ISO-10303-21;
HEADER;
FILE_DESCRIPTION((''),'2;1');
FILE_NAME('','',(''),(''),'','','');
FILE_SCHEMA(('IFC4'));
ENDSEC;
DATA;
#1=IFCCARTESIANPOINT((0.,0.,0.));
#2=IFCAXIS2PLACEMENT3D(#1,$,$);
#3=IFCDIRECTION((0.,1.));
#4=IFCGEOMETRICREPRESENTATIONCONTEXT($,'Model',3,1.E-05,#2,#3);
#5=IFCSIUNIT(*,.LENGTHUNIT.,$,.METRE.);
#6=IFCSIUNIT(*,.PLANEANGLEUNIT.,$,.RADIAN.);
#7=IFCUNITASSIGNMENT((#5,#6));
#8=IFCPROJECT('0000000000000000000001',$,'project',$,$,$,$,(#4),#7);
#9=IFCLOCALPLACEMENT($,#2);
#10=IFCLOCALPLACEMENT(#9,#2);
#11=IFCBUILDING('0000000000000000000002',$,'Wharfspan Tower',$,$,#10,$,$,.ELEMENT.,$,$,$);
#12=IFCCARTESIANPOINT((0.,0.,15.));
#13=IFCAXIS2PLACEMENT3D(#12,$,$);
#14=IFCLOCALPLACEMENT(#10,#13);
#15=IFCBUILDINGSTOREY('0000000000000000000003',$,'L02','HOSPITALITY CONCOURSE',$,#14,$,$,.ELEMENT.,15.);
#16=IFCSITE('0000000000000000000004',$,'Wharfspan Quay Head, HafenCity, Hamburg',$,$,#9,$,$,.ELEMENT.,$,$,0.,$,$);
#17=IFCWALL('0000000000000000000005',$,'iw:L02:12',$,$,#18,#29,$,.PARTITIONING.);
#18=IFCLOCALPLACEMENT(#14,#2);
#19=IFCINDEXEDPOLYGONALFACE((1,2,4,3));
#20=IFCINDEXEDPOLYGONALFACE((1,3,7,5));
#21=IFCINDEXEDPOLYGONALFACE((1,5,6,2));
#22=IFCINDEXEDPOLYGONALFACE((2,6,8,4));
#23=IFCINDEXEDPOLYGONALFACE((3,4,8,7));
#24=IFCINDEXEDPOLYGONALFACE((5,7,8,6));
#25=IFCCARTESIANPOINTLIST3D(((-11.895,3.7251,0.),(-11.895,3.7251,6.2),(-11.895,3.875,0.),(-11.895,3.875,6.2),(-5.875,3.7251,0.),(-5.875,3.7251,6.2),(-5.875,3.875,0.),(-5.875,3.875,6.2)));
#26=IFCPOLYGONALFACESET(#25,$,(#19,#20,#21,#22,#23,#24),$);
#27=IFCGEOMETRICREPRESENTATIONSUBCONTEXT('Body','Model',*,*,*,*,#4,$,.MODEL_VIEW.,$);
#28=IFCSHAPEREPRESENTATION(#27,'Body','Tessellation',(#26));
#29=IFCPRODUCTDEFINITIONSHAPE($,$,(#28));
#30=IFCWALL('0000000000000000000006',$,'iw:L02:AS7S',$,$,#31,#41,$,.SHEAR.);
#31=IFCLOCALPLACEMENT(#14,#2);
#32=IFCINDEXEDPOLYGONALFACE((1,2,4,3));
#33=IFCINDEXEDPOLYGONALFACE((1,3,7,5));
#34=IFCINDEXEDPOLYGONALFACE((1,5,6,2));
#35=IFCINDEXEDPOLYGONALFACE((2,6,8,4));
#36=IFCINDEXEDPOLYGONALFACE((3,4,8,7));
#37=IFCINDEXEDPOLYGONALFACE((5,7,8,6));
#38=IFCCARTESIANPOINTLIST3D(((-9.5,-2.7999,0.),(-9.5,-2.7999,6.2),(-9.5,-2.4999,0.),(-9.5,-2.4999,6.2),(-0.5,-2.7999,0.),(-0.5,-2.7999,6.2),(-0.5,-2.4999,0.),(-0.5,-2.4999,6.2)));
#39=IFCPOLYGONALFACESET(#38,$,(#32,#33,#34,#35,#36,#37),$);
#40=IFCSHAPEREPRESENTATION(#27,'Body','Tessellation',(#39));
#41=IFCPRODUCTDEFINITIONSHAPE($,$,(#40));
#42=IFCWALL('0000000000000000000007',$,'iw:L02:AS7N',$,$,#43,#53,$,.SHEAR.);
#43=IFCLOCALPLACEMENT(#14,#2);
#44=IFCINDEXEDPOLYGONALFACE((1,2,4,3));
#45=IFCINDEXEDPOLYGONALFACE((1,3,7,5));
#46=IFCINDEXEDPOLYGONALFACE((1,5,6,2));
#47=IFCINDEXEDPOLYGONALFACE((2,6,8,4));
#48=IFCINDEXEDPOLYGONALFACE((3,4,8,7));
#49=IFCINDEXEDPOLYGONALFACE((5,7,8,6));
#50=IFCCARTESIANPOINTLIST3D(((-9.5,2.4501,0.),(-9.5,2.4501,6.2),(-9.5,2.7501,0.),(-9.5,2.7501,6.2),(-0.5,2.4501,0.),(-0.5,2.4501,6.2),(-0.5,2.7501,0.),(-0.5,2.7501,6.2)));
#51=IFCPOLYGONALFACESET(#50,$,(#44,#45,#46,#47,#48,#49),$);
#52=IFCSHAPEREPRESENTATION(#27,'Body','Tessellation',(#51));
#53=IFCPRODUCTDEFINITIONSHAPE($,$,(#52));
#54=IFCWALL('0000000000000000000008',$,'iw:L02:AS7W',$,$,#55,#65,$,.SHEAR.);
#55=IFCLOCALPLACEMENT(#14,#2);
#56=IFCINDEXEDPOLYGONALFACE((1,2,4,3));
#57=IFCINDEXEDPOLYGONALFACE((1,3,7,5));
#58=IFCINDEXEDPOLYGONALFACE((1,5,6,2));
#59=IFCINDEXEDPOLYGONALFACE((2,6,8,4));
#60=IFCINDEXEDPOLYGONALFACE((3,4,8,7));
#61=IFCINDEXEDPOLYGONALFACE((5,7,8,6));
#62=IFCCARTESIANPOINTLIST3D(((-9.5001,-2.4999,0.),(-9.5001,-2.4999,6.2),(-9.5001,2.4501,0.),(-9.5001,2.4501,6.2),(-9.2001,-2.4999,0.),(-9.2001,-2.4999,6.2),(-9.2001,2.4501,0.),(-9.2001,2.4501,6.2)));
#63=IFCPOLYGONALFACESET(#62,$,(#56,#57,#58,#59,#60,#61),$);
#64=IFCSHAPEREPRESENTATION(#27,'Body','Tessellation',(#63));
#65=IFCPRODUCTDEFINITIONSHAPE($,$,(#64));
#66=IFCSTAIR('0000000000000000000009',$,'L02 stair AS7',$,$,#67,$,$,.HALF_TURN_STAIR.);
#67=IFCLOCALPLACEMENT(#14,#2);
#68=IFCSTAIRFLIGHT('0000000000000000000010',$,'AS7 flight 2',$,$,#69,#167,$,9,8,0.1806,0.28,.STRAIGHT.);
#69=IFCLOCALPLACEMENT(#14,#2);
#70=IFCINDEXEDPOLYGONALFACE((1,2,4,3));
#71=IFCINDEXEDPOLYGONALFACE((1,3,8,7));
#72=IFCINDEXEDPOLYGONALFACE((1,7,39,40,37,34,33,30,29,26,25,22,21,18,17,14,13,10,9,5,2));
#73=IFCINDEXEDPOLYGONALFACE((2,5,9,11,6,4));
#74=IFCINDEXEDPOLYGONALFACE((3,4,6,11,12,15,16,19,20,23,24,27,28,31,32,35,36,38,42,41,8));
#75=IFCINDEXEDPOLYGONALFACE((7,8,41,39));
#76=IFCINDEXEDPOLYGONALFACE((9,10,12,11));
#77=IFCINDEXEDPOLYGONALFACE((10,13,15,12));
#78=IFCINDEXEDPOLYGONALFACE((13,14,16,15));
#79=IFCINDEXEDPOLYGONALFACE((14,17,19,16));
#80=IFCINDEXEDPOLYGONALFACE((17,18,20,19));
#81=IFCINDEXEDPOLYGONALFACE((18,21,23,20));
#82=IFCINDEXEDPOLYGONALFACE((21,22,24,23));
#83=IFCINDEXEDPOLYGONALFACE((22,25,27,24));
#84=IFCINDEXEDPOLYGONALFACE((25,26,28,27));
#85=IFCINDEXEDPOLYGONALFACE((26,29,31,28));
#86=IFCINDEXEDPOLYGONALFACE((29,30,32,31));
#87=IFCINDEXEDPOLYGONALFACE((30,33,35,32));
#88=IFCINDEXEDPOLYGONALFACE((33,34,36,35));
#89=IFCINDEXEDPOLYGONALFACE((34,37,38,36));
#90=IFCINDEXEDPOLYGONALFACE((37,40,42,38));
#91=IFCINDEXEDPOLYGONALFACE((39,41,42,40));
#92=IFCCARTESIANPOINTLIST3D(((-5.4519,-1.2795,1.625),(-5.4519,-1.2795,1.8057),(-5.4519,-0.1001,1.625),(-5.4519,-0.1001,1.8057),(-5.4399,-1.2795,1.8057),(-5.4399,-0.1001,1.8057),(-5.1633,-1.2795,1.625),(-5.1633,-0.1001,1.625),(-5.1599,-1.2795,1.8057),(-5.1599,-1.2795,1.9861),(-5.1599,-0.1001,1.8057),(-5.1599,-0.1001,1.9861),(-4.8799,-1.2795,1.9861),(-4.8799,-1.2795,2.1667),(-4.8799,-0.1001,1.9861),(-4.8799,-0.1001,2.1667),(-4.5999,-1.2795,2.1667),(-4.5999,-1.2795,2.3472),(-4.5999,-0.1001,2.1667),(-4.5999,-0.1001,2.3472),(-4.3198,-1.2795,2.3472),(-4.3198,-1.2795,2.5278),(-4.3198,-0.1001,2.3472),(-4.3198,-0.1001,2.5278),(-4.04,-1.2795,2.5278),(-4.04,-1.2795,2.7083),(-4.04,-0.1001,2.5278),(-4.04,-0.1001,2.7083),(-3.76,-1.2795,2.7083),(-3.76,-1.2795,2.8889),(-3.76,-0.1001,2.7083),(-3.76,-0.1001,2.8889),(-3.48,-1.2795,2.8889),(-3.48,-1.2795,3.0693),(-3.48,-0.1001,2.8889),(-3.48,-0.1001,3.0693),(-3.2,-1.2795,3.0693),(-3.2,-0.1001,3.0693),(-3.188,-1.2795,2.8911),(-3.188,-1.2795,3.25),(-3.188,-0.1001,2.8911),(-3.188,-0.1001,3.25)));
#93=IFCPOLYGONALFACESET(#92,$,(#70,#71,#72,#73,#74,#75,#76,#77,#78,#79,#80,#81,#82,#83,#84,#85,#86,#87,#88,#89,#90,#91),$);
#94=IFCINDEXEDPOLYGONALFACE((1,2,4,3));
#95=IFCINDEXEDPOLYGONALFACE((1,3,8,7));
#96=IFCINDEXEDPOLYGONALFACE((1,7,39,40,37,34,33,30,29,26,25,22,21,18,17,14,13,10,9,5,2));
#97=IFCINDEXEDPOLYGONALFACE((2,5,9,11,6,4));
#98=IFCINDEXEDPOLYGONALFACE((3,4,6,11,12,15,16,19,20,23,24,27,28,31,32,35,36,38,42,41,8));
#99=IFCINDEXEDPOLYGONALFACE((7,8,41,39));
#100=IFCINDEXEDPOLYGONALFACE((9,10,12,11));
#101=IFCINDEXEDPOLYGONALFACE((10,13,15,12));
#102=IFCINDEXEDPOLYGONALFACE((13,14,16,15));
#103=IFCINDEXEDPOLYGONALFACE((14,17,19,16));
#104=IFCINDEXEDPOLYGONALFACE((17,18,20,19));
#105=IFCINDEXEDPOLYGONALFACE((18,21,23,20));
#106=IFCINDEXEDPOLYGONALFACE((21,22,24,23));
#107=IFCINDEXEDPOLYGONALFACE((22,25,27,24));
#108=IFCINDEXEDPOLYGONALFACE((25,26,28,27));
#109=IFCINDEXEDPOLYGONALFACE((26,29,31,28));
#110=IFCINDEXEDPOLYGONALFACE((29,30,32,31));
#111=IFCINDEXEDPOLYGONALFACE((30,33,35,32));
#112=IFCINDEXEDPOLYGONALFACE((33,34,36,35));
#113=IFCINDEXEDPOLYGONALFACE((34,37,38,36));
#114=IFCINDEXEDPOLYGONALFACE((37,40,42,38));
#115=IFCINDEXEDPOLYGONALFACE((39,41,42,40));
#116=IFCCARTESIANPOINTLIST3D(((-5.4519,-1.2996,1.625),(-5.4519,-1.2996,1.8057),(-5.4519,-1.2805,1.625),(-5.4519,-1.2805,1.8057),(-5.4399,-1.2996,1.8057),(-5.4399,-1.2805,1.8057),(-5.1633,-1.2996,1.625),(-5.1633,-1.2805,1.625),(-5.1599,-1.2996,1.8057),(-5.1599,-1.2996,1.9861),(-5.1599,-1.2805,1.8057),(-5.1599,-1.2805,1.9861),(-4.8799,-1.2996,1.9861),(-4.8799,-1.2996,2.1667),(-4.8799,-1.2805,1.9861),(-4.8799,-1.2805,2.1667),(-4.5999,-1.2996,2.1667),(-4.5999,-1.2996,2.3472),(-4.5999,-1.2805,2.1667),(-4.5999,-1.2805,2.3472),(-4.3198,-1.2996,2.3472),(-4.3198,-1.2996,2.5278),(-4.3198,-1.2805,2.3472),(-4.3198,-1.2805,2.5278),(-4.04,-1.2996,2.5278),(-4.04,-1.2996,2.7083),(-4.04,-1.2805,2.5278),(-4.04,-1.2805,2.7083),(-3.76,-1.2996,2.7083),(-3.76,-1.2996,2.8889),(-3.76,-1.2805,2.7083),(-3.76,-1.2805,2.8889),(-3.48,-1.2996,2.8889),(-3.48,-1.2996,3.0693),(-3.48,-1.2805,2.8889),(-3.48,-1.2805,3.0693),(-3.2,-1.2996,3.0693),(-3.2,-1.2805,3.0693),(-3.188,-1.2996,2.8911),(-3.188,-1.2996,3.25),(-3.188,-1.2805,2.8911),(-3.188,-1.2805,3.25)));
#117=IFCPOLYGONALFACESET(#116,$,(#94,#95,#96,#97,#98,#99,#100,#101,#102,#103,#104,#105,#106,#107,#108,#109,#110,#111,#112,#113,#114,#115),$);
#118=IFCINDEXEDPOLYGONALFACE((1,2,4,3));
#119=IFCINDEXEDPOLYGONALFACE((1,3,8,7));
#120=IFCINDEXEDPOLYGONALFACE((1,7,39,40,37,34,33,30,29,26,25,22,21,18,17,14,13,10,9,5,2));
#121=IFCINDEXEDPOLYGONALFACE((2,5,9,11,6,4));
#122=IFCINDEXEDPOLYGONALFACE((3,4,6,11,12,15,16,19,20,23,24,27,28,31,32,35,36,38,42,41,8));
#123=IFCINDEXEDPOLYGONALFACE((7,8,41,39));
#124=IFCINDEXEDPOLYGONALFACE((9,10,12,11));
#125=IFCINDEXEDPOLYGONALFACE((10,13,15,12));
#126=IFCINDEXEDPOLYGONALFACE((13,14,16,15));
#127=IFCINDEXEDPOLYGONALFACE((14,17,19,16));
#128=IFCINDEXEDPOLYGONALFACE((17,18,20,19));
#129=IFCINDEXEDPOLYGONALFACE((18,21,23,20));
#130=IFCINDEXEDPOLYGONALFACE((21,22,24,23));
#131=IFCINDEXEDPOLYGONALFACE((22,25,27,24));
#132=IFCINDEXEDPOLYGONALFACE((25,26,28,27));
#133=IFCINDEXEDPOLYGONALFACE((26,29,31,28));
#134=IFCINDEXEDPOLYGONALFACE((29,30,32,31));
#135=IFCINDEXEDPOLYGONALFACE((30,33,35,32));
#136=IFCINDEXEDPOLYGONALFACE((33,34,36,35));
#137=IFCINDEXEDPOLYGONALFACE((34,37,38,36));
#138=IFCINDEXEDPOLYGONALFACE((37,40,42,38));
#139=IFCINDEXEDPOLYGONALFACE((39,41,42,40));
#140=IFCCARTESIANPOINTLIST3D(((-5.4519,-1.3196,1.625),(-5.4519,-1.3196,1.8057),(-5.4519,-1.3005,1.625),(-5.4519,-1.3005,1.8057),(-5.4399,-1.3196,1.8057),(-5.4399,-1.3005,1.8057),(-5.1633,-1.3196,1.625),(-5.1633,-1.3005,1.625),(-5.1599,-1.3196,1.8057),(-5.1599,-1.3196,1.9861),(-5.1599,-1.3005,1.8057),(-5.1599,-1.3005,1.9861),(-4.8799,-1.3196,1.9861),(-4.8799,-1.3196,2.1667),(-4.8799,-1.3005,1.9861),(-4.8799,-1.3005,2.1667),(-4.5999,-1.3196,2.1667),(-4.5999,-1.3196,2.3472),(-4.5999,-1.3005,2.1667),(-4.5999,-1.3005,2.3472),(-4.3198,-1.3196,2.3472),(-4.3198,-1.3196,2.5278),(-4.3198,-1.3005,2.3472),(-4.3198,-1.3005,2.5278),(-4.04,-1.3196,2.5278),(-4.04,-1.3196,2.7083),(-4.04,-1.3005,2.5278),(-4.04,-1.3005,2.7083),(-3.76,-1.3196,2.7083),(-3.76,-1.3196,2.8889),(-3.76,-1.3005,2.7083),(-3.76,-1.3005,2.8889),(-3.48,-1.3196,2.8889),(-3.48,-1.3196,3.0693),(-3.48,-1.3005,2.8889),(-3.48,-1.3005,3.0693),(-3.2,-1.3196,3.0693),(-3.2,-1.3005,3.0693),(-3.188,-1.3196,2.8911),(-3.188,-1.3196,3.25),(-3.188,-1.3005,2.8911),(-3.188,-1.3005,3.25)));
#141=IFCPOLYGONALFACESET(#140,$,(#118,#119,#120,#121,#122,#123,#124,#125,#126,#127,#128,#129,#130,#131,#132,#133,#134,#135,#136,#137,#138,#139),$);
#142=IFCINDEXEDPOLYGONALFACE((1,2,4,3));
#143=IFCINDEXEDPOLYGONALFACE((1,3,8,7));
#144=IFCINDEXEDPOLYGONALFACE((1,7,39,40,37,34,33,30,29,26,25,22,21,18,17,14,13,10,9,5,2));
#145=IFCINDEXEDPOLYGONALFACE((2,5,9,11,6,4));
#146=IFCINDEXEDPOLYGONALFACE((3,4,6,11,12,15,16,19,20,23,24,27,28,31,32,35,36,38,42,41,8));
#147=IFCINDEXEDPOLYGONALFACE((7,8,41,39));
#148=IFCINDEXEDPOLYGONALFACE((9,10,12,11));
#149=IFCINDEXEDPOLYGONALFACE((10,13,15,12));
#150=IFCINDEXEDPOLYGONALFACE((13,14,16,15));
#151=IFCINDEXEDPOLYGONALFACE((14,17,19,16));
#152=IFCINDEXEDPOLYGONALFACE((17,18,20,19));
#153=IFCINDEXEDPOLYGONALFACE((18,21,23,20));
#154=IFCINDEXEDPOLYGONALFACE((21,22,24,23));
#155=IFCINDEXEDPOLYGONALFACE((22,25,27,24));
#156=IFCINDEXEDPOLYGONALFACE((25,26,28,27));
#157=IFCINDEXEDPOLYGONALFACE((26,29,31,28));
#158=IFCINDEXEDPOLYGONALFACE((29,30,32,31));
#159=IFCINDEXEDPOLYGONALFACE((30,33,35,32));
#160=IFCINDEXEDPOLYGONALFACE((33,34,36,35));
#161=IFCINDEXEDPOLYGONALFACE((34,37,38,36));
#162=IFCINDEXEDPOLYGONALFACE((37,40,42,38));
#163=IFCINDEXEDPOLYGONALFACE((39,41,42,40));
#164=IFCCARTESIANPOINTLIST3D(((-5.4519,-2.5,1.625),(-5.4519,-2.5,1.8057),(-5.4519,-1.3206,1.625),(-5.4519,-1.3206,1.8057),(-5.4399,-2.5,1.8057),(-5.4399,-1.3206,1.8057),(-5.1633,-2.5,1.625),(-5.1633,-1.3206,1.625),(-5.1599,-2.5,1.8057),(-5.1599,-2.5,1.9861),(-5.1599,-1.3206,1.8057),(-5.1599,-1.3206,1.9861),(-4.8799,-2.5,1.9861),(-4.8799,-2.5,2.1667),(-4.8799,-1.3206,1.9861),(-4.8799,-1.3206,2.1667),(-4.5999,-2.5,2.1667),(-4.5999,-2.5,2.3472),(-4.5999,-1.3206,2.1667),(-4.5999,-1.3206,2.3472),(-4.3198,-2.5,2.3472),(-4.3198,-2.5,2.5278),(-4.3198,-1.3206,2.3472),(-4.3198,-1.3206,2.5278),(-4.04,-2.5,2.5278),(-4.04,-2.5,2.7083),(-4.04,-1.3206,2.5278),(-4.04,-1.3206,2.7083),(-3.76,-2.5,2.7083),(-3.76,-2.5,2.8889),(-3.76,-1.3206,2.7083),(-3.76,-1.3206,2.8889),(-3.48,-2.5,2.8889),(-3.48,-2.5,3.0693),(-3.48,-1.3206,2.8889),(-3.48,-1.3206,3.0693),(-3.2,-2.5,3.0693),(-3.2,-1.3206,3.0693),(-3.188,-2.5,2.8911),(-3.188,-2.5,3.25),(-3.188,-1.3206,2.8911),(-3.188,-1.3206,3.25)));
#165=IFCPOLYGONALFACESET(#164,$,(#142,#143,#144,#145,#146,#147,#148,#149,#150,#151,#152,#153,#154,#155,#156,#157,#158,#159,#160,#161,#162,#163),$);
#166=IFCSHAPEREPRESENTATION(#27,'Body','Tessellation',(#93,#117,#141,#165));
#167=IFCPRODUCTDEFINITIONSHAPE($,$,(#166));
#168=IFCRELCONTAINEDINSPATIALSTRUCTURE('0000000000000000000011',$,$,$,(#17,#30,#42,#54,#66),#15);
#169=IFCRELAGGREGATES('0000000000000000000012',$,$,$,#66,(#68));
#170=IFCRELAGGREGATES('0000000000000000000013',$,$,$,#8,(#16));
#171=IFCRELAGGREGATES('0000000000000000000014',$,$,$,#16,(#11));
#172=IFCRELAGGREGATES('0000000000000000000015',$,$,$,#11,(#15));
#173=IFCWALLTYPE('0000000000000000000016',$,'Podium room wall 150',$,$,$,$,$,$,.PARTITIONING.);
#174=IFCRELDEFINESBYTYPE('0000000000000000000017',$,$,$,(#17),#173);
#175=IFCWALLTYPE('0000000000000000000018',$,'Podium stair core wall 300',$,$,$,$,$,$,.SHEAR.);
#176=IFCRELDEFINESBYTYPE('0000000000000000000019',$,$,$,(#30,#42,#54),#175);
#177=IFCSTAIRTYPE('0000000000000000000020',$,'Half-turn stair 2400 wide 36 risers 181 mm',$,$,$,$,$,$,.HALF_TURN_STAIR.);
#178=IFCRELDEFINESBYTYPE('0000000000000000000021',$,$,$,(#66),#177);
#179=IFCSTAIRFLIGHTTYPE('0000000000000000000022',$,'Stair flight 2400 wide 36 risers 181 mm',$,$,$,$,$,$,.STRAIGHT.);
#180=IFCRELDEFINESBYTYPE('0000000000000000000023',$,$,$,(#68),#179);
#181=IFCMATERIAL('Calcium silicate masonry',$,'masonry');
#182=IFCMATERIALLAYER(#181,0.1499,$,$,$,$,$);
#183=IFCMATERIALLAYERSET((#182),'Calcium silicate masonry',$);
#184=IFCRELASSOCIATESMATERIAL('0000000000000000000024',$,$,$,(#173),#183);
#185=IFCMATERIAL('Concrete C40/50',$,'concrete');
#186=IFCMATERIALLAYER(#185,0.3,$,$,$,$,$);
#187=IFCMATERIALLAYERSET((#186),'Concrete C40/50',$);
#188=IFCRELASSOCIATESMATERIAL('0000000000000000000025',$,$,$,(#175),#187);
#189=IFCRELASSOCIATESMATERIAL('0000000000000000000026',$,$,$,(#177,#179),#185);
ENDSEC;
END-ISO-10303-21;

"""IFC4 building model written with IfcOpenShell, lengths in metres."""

from ifc_helpers import new_model, si_unit, direction, frame, frame_2d, origin, place, context, subcontext, project, spatial, polyline, rectangle, outline, extrude, material, layer, layer_set, type_object, element, aggregate, save


model = new_model("IFC4")

# Units and contexts
model_context = context("Model", 3, precision=1e-05, world=origin(), true_north=direction((0.0, 1.0)))
body_context = subcontext(model_context, "Body", "Model", "MODEL_VIEW")
ifc_project = project(units=[si_unit("LENGTHUNIT", "METRE"), si_unit("PLANEANGLEUNIT", "RADIAN")], contexts=[model_context])

# Site, building, storey
site_placement = place(None, origin())
site = spatial("IfcSite", under=ifc_project, at=site_placement, Name="Wharfspan Quay Head, HafenCity, Hamburg", CompositionType="ELEMENT", RefElevation=0.0)
building_placement = place(site_placement, origin())
building = spatial("IfcBuilding", under=site, at=building_placement, Name="Wharfspan Tower", CompositionType="ELEMENT")
storey_placement = place(building_placement, frame((0.0, 0.0, 15.0)))
storey = spatial("IfcBuildingStorey", under=building, at=storey_placement, Name="L02", Description="HOSPITALITY CONCOURSE", CompositionType="ELEMENT", Elevation=15.0)

# Shared definitions
ifc_material_1 = material(Name="Calcium silicate masonry", Category="masonry")
ifc_layer_1 = layer(ifc_material_1, 0.1499)
ifc_layer_set_1 = layer_set([ifc_layer_1], Name="Calcium silicate masonry")
wall_type_1 = type_object("IfcWallType", Name="Podium room wall 150", PredefinedType="PARTITIONING", material=ifc_layer_set_1)

# Walls
wall_1_placement = place(storey_placement, frame((-11.895, 3.8, 0.0), z_axis=(0.0, 0.0, 1.0), x_axis=(1.0, 0.0, 0.0)))
element("IfcWall", 1, at=wall_1_placement, inside=storey, type_object=wall_type_1, Name="iw:L02:12", PredefinedType="PARTITIONING", context=body_context, shape_type="SweptSolid", body=[
    extrude(rectangle(XDim=6.02, YDim=0.1499, at=frame_2d((3.01, 0.0))), origin(), (0.0, 0.0, 1.0), 6.2),
])
ifc_material_2 = material(Name="Concrete C40/50", Category="concrete")
ifc_layer_2 = layer(ifc_material_2, 0.3)
ifc_layer_set_2 = layer_set([ifc_layer_2], Name="Concrete C40/50")
wall_type_2 = type_object("IfcWallType", Name="Podium stair core wall 300", PredefinedType="SHEAR", material=ifc_layer_set_2)
for number, where, z_axis, x_axis, name in (
    (2, (-9.5, -2.6499, 0.0), (0.0, 0.0, 1.0), (1.0, 0.0, 0.0), "iw:L02:AS7S"),
    (3, (-9.5, 2.6001, 0.0), (0.0, 0.0, 1.0), (1.0, 0.0, 0.0), "iw:L02:AS7N"),
):
    element("IfcWall", number, at=place(storey_placement, frame(where, z_axis=z_axis, x_axis=x_axis)), inside=storey, type_object=wall_type_2, Name=name, PredefinedType="SHEAR", context=body_context, shape_type="SweptSolid", body=[
        extrude(rectangle(XDim=9.0, YDim=0.3, at=frame_2d((4.5, 0.0))), origin(), (0.0, 0.0, 1.0), 6.2),
    ])
wall_2_placement = place(storey_placement, frame((-9.3501, -2.5, 0.0), z_axis=(0.0, 0.0, 1.0), x_axis=(0.0, 1.0, 0.0)))
element("IfcWall", 4, at=wall_2_placement, inside=storey, type_object=wall_type_2, Name="iw:L02:AS7W", PredefinedType="SHEAR", context=body_context, shape_type="SweptSolid", body=[
    extrude(rectangle(XDim=4.95, YDim=0.3, at=frame_2d((2.4751, 0.0))), origin(), (0.0, 0.0, 1.0), 6.2),
])

# Stair, stair flight
stair_type = type_object("IfcStairType", Name="Half-turn stair 2400 wide 36 risers 181 mm", PredefinedType="HALF_TURN_STAIR", material=ifc_material_2)
stair_placement = place(storey_placement, origin())
stair = element("IfcStair", 5, at=stair_placement, inside=storey, type_object=stair_type, Name="L02 stair AS7", PredefinedType="HALF_TURN_STAIR")
stair_flight_type = type_object("IfcStairFlightType", Name="Stair flight 2400 wide 36 risers 181 mm", PredefinedType="STRAIGHT", material=ifc_material_2)
stair_flight_1_placement = place(storey_placement, frame((-5.4399, -1.3, 1.625), z_axis=(0.0, 0.0, 1.0), x_axis=(1.0, 0.0, 0.0)))
stair_flight_1 = element("IfcStairFlight", 6, at=stair_flight_1_placement, type_object=stair_flight_type, Name="AS7 flight 2", NumberOfRisers=9, NumberOfTreads=8, PredefinedType="STRAIGHT", RiserHeight=0.1806, TreadLength=0.28, context=body_context, shape_type="SweptSolid", body=[
    extrude(outline(polyline([(-0.012, 0.0), (-0.012, 0.1807), (0.0, 0.1807), (0.28, 0.1807), (0.28, 0.3611), (0.5601, 0.3611), (0.5601, 0.5417), (0.8401, 0.5417), (0.8401, 0.7222), (1.1201, 0.7222), (1.1201, 0.9028), (1.3999, 0.9028), (1.3999, 1.0833), (1.6799, 1.0833), (1.6799, 1.2639), (1.96, 1.2639), (1.96, 1.4443), (2.24, 1.4443), (2.252, 1.625), (2.252, 1.2661), (0.2766, 0.0), (-0.012, 0.0)])), frame((0.0, 1.2, 0.0), z_axis=(0.0, -1.0, 0.0), x_axis=(1.0, 0.0, 0.0)), (0.0, 0.0, 1.0), 1.1794),
    extrude(outline(polyline([(-0.012, 0.0), (-0.012, 0.1807), (0.0, 0.1807), (0.28, 0.1807), (0.28, 0.3611), (0.5601, 0.3611), (0.5601, 0.5417), (0.8401, 0.5417), (0.8401, 0.7222), (1.1201, 0.7222), (1.1201, 0.9028), (1.3999, 0.9028), (1.3999, 1.0833), (1.6799, 1.0833), (1.6799, 1.2639), (1.96, 1.2639), (1.96, 1.4443), (2.24, 1.4443), (2.252, 1.625), (2.252, 1.2661), (0.2766, 0.0), (-0.012, 0.0)])), frame((0.0, 0.0195, 0.0), z_axis=(0.0, -1.0, 0.0), x_axis=(1.0, 0.0, 0.0)), (0.0, 0.0, 1.0), 0.019),
    extrude(outline(polyline([(-0.012, 0.0), (-0.012, 0.1807), (0.0, 0.1807), (0.28, 0.1807), (0.28, 0.3611), (0.5601, 0.3611), (0.5601, 0.5417), (0.8401, 0.5417), (0.8401, 0.7222), (1.1201, 0.7222), (1.1201, 0.9028), (1.3999, 0.9028), (1.3999, 1.0833), (1.6799, 1.0833), (1.6799, 1.2639), (1.96, 1.2639), (1.96, 1.4443), (2.24, 1.4443), (2.252, 1.625), (2.252, 1.2661), (0.2766, 0.0), (-0.012, 0.0)])), frame((0.0, -0.0005, 0.0), z_axis=(0.0, -1.0, 0.0), x_axis=(1.0, 0.0, 0.0)), (0.0, 0.0, 1.0), 0.019),
    extrude(outline(polyline([(-0.012, 0.0), (-0.012, 0.1807), (0.0, 0.1807), (0.28, 0.1807), (0.28, 0.3611), (0.5601, 0.3611), (0.5601, 0.5417), (0.8401, 0.5417), (0.8401, 0.7222), (1.1201, 0.7222), (1.1201, 0.9028), (1.3999, 0.9028), (1.3999, 1.0833), (1.6799, 1.0833), (1.6799, 1.2639), (1.96, 1.2639), (1.96, 1.4443), (2.24, 1.4443), (2.252, 1.625), (2.252, 1.2661), (0.2766, 0.0), (-0.012, 0.0)])), frame((0.0, -0.0205, 0.0), z_axis=(0.0, -1.0, 0.0), x_axis=(1.0, 0.0, 0.0)), (0.0, 0.0, 1.0), 1.1794),
])
aggregate(stair, [stair_flight_1])

save(model, "model.ifc")
